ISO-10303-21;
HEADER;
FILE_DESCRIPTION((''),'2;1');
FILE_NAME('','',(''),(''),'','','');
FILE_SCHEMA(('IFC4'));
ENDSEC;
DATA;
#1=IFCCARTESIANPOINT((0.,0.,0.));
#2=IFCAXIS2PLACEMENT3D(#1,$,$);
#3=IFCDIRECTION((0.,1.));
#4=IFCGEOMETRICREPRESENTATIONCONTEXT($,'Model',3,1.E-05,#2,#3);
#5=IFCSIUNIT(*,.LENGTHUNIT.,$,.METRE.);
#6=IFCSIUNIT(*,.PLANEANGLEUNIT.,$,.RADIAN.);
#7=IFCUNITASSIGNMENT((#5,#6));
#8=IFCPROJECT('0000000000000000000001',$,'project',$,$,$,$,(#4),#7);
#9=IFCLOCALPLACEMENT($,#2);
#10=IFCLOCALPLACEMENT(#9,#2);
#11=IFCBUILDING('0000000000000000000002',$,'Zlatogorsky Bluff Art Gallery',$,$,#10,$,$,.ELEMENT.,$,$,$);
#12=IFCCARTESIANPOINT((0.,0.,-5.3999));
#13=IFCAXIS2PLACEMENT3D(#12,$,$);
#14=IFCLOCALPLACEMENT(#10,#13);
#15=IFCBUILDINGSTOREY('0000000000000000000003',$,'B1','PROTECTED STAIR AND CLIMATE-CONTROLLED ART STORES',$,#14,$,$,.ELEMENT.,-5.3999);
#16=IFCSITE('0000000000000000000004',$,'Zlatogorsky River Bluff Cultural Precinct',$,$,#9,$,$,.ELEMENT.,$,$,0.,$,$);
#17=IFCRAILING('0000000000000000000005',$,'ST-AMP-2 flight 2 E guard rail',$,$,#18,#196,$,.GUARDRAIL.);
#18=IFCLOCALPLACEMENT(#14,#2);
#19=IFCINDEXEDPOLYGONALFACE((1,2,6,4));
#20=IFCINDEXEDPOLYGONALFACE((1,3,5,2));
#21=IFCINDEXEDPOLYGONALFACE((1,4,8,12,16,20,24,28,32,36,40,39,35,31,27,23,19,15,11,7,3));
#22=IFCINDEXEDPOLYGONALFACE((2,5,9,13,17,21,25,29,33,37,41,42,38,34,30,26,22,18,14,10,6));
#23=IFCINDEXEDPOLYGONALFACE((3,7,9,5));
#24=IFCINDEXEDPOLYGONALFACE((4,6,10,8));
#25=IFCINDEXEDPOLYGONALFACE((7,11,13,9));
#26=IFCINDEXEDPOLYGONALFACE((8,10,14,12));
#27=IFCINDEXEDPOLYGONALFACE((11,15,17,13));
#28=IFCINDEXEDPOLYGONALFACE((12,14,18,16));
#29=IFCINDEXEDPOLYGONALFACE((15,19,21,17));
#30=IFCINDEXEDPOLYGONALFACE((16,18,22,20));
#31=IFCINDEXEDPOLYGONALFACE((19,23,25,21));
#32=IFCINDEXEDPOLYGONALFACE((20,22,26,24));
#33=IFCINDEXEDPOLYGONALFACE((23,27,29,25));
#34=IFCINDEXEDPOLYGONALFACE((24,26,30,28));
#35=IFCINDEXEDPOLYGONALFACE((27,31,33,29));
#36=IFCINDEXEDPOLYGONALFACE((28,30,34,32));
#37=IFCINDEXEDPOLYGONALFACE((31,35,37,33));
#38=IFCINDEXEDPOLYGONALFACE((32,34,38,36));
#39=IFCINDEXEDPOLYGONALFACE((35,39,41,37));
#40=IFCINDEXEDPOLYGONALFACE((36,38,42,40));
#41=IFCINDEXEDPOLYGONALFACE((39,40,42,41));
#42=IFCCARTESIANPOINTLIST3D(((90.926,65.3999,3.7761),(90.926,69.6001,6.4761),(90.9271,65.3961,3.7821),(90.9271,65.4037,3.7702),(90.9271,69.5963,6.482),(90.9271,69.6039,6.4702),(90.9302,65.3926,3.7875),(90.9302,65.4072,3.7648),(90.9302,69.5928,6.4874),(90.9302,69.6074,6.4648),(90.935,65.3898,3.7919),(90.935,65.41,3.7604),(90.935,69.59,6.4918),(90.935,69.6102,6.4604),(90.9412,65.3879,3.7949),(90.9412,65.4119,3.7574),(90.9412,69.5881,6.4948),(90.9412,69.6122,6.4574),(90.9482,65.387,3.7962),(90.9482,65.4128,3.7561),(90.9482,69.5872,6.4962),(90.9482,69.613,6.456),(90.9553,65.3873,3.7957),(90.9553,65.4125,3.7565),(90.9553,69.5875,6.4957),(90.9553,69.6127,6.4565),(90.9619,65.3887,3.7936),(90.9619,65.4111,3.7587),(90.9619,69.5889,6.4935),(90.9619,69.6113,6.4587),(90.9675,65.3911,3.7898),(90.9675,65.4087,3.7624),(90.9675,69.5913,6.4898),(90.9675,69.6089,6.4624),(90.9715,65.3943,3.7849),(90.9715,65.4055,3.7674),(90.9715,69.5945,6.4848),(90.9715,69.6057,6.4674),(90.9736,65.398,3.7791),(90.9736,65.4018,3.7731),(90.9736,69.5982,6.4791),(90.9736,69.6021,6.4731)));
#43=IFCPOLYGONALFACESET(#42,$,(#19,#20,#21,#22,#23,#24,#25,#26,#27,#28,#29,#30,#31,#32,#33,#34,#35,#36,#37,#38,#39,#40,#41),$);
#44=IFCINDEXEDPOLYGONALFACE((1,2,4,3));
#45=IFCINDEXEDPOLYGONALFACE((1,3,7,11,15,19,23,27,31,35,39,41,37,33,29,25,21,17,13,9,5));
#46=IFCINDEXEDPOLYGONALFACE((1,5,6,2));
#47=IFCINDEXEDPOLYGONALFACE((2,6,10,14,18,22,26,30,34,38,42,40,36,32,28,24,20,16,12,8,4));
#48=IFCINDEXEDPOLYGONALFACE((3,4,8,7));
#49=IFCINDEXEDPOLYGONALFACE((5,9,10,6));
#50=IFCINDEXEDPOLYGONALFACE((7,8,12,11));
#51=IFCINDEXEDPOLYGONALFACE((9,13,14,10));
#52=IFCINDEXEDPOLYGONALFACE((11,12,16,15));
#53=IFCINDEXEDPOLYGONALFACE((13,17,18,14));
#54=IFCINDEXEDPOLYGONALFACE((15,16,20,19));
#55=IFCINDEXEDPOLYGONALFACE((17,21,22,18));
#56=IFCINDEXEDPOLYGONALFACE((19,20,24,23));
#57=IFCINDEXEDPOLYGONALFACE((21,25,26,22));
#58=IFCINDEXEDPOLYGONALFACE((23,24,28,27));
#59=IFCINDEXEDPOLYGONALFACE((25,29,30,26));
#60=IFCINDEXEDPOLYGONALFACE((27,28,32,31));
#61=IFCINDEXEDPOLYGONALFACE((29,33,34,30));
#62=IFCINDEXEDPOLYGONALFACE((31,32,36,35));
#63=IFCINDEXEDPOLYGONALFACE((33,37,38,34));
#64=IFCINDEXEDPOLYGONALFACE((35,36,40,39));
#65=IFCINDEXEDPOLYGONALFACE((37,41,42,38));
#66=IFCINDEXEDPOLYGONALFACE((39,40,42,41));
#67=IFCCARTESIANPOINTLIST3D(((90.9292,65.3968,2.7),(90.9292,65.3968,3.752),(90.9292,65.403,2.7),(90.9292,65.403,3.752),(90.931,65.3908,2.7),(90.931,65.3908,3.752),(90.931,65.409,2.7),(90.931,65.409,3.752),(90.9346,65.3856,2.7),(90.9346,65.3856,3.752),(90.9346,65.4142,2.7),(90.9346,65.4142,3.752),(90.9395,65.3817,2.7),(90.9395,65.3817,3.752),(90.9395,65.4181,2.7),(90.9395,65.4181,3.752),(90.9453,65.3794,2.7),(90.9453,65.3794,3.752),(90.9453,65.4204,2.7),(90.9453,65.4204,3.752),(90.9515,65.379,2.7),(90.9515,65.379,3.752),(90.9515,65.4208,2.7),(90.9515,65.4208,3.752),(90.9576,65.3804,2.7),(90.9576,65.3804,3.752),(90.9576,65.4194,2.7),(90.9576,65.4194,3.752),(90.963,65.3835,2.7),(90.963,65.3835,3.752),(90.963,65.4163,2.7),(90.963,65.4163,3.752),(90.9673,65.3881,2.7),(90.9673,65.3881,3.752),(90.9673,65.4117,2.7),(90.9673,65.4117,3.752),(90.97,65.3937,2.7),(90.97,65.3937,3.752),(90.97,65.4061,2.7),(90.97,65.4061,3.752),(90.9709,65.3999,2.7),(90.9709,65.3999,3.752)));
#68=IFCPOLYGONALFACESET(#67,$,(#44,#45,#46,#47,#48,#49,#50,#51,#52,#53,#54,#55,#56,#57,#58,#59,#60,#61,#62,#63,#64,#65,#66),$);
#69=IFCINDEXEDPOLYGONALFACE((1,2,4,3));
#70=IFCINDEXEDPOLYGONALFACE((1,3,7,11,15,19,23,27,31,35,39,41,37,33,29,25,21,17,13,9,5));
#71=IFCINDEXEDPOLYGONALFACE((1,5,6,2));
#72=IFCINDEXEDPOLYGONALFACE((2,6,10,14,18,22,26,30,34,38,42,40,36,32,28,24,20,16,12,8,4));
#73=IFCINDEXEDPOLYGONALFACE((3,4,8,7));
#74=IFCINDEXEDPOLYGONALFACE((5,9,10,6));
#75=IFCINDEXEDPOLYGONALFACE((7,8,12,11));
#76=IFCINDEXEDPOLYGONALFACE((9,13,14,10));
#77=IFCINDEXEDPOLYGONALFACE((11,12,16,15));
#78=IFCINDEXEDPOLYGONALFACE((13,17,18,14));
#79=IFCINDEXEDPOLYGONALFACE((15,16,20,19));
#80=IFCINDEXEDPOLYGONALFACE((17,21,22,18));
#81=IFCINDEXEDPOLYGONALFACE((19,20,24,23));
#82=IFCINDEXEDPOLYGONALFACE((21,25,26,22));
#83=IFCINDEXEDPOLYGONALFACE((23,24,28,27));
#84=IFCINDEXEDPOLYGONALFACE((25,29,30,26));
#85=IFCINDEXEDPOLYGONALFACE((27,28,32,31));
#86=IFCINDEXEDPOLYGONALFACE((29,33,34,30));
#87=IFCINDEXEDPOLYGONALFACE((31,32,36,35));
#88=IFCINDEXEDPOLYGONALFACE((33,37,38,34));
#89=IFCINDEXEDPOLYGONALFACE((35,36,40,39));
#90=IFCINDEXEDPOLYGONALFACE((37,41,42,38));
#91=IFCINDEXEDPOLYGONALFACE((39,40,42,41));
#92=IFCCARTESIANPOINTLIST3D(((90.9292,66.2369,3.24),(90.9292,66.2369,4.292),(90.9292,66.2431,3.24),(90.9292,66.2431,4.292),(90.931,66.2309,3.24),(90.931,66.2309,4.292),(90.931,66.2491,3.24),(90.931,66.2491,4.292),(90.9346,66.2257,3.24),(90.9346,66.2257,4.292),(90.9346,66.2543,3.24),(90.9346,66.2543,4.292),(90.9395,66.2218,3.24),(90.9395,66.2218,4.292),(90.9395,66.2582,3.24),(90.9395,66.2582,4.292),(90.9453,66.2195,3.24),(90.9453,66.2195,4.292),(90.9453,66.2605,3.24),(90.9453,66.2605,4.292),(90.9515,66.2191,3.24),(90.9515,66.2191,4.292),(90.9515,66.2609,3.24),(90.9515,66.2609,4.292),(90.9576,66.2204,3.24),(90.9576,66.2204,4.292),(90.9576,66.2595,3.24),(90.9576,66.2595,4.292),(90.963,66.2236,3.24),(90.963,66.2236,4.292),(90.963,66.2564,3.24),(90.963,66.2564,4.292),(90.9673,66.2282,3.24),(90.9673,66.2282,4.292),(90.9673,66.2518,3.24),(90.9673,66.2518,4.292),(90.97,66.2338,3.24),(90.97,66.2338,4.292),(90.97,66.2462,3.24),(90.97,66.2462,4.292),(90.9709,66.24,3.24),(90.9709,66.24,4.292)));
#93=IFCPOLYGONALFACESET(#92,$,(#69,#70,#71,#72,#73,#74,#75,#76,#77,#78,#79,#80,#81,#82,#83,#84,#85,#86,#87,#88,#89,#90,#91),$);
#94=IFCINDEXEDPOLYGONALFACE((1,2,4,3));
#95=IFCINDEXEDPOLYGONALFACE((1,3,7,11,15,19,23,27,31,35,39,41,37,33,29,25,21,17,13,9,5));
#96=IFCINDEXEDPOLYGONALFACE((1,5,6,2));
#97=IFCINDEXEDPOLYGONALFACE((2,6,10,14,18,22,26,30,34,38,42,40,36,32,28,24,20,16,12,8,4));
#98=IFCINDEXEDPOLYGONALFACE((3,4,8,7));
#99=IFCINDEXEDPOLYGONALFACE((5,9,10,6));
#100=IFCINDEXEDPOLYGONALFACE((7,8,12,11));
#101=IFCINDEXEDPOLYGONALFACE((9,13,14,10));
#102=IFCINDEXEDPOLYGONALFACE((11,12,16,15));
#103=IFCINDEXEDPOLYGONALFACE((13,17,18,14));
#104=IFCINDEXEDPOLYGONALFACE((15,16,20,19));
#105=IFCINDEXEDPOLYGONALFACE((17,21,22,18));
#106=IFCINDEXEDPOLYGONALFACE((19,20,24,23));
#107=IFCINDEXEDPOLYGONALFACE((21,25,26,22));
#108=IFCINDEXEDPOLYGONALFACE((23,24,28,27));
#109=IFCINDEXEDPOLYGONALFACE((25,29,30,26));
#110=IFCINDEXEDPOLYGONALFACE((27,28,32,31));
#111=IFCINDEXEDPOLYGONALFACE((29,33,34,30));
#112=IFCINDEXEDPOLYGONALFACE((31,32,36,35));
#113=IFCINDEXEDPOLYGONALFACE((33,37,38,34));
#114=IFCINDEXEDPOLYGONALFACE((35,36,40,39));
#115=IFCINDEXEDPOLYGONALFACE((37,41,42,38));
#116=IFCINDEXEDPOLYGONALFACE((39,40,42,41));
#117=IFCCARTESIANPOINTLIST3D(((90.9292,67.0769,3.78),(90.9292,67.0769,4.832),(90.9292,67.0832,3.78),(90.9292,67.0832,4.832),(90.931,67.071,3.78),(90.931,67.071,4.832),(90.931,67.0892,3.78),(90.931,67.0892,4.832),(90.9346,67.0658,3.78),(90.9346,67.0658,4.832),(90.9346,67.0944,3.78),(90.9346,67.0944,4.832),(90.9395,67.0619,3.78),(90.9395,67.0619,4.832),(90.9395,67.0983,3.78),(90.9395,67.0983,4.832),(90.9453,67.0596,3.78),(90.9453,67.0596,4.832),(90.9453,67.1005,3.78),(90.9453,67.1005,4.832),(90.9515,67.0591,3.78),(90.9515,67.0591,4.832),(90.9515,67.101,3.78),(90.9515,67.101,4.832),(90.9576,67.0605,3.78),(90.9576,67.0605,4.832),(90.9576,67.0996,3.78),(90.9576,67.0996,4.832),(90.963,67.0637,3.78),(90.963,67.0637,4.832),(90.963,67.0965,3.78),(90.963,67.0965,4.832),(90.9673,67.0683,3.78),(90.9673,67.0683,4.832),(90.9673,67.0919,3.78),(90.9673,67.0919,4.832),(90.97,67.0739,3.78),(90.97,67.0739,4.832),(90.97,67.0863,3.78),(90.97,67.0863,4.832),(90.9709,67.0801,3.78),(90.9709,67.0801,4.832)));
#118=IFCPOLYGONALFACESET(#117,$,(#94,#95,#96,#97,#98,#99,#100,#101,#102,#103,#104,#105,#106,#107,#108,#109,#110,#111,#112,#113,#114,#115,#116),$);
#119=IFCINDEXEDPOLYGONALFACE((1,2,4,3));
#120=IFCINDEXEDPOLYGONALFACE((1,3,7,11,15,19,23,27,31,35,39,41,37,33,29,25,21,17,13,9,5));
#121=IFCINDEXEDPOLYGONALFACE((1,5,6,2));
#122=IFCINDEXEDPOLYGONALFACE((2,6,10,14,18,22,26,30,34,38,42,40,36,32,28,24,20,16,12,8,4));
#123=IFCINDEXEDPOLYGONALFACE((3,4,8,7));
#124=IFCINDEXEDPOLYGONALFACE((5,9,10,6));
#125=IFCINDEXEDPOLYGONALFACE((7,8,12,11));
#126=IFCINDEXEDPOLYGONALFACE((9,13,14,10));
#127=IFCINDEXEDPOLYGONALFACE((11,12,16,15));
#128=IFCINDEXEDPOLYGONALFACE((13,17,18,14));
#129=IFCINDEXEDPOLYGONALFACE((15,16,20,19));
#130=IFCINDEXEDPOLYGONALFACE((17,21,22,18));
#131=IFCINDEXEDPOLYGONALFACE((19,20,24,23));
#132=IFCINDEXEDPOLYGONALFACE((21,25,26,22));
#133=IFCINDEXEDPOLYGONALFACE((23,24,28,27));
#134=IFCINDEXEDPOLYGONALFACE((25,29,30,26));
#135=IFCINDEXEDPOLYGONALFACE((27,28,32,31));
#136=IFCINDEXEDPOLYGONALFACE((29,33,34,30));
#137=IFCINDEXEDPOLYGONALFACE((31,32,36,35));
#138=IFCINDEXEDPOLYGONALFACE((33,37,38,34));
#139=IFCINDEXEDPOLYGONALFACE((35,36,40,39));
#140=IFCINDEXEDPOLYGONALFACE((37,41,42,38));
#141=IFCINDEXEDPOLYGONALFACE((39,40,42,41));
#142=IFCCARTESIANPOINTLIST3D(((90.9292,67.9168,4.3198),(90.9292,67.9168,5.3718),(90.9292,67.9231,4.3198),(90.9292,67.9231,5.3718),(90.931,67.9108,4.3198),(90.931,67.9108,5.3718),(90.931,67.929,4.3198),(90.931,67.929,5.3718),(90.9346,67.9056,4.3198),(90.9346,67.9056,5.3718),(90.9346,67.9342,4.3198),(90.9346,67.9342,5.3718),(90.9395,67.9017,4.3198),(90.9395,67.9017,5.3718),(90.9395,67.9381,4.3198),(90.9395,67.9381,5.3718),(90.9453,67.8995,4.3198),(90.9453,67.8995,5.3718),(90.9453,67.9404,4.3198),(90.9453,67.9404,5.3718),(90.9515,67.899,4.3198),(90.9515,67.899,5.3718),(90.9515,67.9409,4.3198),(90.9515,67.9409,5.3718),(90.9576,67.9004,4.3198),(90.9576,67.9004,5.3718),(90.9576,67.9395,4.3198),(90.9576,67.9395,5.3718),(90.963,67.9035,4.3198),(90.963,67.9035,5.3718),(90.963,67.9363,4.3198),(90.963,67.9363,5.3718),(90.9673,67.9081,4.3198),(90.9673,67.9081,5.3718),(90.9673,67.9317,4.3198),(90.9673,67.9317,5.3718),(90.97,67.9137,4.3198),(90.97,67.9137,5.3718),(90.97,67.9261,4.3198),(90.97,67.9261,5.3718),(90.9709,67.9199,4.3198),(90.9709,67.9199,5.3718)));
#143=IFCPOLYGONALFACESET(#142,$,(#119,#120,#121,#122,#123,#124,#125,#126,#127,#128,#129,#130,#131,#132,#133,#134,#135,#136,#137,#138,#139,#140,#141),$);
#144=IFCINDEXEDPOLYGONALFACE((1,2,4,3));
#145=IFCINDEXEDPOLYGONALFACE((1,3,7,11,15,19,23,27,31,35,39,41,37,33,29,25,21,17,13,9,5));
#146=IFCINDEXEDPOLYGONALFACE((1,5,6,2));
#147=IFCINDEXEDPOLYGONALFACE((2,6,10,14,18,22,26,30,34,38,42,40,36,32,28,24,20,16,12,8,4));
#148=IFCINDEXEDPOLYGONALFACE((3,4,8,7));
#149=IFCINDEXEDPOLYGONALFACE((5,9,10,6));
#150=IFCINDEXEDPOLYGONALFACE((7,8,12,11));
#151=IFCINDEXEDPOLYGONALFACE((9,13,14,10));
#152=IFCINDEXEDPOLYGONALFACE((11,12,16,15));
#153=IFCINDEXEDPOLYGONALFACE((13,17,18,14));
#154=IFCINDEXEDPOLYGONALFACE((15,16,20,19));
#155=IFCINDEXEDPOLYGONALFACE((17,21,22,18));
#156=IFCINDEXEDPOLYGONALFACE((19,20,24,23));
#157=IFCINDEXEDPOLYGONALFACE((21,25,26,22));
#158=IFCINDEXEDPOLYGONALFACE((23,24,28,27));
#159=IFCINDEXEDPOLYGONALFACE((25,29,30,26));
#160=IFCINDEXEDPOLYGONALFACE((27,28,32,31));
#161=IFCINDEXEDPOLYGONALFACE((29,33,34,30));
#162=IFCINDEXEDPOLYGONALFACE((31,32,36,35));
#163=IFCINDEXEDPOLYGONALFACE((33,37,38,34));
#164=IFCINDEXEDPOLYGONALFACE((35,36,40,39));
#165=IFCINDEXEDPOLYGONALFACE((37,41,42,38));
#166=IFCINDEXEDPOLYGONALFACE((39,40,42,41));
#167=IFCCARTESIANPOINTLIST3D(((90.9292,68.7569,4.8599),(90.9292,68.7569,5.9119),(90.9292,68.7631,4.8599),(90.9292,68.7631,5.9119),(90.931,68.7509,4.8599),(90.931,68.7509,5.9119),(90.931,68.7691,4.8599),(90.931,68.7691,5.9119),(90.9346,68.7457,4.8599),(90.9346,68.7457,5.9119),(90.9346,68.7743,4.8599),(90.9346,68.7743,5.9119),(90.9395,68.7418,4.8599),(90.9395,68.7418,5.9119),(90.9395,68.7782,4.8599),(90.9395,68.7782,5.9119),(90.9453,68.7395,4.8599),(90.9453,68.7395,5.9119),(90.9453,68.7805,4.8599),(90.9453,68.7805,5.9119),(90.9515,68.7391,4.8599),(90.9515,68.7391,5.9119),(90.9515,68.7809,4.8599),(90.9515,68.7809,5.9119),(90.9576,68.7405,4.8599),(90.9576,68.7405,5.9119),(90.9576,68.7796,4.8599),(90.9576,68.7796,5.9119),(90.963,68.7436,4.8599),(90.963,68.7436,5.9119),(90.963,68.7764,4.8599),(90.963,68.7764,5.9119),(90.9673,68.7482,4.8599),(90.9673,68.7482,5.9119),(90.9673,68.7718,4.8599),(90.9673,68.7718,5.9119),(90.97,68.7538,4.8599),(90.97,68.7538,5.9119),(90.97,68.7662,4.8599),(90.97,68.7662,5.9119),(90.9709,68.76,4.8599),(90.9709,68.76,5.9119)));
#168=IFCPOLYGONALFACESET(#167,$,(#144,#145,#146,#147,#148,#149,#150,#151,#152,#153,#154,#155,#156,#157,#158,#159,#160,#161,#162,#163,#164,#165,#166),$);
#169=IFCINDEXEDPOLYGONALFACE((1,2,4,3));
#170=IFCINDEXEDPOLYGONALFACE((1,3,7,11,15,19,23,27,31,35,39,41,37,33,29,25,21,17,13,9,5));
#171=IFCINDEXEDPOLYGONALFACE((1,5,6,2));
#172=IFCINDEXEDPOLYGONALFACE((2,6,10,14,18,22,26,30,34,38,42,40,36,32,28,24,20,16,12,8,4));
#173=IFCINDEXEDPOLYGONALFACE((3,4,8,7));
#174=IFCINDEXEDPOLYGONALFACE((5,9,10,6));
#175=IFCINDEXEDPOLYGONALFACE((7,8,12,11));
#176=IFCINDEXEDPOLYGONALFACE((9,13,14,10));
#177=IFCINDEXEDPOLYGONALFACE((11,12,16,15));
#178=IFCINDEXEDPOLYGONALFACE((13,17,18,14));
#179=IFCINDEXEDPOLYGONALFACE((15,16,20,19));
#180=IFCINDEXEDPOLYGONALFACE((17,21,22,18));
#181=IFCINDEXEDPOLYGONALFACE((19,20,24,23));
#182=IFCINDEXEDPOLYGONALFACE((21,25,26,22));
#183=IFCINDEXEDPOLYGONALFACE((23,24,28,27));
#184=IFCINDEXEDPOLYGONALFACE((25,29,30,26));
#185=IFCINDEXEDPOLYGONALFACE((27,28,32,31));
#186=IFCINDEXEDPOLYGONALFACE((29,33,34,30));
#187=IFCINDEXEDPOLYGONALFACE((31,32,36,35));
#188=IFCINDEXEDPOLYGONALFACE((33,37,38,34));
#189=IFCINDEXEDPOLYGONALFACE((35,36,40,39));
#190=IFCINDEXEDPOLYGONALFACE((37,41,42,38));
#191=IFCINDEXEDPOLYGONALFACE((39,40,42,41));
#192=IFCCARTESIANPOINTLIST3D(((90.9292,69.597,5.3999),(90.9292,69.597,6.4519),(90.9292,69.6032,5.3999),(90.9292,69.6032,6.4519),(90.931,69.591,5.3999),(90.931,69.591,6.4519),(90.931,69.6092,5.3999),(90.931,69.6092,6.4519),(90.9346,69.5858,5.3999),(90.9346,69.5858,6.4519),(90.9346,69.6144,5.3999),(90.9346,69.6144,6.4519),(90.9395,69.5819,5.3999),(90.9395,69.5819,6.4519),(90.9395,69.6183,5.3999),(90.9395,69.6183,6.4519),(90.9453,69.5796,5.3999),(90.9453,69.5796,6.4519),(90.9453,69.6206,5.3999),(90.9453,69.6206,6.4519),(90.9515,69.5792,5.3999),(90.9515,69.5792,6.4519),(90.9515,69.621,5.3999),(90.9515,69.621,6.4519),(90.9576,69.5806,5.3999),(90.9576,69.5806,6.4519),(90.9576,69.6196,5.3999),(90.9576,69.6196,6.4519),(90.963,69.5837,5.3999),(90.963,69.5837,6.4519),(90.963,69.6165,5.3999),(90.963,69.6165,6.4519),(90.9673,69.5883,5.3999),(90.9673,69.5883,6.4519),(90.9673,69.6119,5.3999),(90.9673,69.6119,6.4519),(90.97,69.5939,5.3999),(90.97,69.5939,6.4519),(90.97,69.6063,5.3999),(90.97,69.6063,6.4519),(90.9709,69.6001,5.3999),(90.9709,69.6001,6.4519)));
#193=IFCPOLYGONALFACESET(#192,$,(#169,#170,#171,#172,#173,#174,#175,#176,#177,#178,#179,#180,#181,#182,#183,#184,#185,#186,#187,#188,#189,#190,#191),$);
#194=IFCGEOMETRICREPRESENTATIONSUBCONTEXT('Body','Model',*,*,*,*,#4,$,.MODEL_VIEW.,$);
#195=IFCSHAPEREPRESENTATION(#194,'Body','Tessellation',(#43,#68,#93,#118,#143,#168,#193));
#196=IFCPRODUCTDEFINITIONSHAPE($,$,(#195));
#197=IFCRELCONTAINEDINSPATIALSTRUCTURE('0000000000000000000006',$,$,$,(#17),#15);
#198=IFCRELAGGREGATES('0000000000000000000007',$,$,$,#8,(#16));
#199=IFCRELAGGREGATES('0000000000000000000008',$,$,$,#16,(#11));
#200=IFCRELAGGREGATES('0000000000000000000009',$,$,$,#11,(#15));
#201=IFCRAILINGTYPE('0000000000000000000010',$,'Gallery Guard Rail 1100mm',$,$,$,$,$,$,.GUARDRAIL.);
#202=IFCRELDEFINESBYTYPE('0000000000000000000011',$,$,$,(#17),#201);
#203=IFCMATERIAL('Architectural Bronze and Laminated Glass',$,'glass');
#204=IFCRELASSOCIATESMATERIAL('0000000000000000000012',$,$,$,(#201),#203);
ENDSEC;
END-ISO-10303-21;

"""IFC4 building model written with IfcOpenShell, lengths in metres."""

from ifc_helpers import new_model, si_unit, direction, frame, origin, origin_2d, place, context, subcontext, project, spatial, circle, extrude, material, type_object, element, save


model = new_model("IFC4")

# Units and contexts
model_context = context("Model", 3, precision=1e-05, world=origin(), true_north=direction((0.0, 1.0)))
body_context = subcontext(model_context, "Body", "Model", "MODEL_VIEW")
ifc_project = project(units=[si_unit("LENGTHUNIT", "METRE"), si_unit("PLANEANGLEUNIT", "RADIAN")], contexts=[model_context])

# Site, building, storey
site_placement = place(None, origin())
site = spatial("IfcSite", under=ifc_project, at=site_placement, Name="Zlatogorsky River Bluff Cultural Precinct", CompositionType="ELEMENT", RefElevation=0.0)
building_placement = place(site_placement, origin())
building = spatial("IfcBuilding", under=site, at=building_placement, Name="Zlatogorsky Bluff Art Gallery", CompositionType="ELEMENT")
storey_placement = place(building_placement, frame((0.0, 0.0, -5.3999)))
storey = spatial("IfcBuildingStorey", under=building, at=storey_placement, Name="B1", Description="PROTECTED STAIR AND CLIMATE-CONTROLLED ART STORES", CompositionType="ELEMENT", Elevation=-5.3999)

# Railing
ifc_material_1 = material(Name="Architectural Bronze and Laminated Glass", Category="glass")
railing_type_1 = type_object("IfcRailingType", Name="Gallery Guard Rail 1100mm", PredefinedType="GUARDRAIL", material=ifc_material_1)
for number, where, name in (
    (1, (90.95, 65.3999, 2.7), "ST-AMP-2 flight 2 E guard rail"),
):
    element("IfcRailing", number, at=place(storey_placement, frame(where)), inside=storey, type_object=railing_type_1, Name=name, PredefinedType="GUARDRAIL", context=body_context, shape_type="SweptSolid", body=[
        extrude(circle(Radius=0.0239, at=origin_2d()), frame((0.0, 0.0, 1.0762), z_axis=(0.0, 0.841194, 0.540733), x_axis=(-1.0, 0.0, 0.0)), (0.0, 0.0, 1.0), 4.9932),
        extrude(circle(Radius=0.021, at=origin_2d()), origin(), (0.0, 0.0, 1.0), 1.052),
        extrude(circle(Radius=0.021, at=origin_2d()), frame((0.0, 0.8401, 0.54)), (0.0, 0.0, 1.0), 1.052),
        extrude(circle(Radius=0.021, at=origin_2d()), frame((0.0, 1.6802, 1.0801)), (0.0, 0.0, 1.0), 1.052),
        extrude(circle(Radius=0.021, at=origin_2d()), frame((0.0, 2.52, 1.6199)), (0.0, 0.0, 1.0), 1.052),
        extrude(circle(Radius=0.021, at=origin_2d()), frame((0.0, 3.3601, 2.1599)), (0.0, 0.0, 1.0), 1.052),
        extrude(circle(Radius=0.021, at=origin_2d()), frame((0.0, 4.2002, 2.7)), (0.0, 0.0, 1.0), 1.052),
    ])

save(model, "model.ifc")
